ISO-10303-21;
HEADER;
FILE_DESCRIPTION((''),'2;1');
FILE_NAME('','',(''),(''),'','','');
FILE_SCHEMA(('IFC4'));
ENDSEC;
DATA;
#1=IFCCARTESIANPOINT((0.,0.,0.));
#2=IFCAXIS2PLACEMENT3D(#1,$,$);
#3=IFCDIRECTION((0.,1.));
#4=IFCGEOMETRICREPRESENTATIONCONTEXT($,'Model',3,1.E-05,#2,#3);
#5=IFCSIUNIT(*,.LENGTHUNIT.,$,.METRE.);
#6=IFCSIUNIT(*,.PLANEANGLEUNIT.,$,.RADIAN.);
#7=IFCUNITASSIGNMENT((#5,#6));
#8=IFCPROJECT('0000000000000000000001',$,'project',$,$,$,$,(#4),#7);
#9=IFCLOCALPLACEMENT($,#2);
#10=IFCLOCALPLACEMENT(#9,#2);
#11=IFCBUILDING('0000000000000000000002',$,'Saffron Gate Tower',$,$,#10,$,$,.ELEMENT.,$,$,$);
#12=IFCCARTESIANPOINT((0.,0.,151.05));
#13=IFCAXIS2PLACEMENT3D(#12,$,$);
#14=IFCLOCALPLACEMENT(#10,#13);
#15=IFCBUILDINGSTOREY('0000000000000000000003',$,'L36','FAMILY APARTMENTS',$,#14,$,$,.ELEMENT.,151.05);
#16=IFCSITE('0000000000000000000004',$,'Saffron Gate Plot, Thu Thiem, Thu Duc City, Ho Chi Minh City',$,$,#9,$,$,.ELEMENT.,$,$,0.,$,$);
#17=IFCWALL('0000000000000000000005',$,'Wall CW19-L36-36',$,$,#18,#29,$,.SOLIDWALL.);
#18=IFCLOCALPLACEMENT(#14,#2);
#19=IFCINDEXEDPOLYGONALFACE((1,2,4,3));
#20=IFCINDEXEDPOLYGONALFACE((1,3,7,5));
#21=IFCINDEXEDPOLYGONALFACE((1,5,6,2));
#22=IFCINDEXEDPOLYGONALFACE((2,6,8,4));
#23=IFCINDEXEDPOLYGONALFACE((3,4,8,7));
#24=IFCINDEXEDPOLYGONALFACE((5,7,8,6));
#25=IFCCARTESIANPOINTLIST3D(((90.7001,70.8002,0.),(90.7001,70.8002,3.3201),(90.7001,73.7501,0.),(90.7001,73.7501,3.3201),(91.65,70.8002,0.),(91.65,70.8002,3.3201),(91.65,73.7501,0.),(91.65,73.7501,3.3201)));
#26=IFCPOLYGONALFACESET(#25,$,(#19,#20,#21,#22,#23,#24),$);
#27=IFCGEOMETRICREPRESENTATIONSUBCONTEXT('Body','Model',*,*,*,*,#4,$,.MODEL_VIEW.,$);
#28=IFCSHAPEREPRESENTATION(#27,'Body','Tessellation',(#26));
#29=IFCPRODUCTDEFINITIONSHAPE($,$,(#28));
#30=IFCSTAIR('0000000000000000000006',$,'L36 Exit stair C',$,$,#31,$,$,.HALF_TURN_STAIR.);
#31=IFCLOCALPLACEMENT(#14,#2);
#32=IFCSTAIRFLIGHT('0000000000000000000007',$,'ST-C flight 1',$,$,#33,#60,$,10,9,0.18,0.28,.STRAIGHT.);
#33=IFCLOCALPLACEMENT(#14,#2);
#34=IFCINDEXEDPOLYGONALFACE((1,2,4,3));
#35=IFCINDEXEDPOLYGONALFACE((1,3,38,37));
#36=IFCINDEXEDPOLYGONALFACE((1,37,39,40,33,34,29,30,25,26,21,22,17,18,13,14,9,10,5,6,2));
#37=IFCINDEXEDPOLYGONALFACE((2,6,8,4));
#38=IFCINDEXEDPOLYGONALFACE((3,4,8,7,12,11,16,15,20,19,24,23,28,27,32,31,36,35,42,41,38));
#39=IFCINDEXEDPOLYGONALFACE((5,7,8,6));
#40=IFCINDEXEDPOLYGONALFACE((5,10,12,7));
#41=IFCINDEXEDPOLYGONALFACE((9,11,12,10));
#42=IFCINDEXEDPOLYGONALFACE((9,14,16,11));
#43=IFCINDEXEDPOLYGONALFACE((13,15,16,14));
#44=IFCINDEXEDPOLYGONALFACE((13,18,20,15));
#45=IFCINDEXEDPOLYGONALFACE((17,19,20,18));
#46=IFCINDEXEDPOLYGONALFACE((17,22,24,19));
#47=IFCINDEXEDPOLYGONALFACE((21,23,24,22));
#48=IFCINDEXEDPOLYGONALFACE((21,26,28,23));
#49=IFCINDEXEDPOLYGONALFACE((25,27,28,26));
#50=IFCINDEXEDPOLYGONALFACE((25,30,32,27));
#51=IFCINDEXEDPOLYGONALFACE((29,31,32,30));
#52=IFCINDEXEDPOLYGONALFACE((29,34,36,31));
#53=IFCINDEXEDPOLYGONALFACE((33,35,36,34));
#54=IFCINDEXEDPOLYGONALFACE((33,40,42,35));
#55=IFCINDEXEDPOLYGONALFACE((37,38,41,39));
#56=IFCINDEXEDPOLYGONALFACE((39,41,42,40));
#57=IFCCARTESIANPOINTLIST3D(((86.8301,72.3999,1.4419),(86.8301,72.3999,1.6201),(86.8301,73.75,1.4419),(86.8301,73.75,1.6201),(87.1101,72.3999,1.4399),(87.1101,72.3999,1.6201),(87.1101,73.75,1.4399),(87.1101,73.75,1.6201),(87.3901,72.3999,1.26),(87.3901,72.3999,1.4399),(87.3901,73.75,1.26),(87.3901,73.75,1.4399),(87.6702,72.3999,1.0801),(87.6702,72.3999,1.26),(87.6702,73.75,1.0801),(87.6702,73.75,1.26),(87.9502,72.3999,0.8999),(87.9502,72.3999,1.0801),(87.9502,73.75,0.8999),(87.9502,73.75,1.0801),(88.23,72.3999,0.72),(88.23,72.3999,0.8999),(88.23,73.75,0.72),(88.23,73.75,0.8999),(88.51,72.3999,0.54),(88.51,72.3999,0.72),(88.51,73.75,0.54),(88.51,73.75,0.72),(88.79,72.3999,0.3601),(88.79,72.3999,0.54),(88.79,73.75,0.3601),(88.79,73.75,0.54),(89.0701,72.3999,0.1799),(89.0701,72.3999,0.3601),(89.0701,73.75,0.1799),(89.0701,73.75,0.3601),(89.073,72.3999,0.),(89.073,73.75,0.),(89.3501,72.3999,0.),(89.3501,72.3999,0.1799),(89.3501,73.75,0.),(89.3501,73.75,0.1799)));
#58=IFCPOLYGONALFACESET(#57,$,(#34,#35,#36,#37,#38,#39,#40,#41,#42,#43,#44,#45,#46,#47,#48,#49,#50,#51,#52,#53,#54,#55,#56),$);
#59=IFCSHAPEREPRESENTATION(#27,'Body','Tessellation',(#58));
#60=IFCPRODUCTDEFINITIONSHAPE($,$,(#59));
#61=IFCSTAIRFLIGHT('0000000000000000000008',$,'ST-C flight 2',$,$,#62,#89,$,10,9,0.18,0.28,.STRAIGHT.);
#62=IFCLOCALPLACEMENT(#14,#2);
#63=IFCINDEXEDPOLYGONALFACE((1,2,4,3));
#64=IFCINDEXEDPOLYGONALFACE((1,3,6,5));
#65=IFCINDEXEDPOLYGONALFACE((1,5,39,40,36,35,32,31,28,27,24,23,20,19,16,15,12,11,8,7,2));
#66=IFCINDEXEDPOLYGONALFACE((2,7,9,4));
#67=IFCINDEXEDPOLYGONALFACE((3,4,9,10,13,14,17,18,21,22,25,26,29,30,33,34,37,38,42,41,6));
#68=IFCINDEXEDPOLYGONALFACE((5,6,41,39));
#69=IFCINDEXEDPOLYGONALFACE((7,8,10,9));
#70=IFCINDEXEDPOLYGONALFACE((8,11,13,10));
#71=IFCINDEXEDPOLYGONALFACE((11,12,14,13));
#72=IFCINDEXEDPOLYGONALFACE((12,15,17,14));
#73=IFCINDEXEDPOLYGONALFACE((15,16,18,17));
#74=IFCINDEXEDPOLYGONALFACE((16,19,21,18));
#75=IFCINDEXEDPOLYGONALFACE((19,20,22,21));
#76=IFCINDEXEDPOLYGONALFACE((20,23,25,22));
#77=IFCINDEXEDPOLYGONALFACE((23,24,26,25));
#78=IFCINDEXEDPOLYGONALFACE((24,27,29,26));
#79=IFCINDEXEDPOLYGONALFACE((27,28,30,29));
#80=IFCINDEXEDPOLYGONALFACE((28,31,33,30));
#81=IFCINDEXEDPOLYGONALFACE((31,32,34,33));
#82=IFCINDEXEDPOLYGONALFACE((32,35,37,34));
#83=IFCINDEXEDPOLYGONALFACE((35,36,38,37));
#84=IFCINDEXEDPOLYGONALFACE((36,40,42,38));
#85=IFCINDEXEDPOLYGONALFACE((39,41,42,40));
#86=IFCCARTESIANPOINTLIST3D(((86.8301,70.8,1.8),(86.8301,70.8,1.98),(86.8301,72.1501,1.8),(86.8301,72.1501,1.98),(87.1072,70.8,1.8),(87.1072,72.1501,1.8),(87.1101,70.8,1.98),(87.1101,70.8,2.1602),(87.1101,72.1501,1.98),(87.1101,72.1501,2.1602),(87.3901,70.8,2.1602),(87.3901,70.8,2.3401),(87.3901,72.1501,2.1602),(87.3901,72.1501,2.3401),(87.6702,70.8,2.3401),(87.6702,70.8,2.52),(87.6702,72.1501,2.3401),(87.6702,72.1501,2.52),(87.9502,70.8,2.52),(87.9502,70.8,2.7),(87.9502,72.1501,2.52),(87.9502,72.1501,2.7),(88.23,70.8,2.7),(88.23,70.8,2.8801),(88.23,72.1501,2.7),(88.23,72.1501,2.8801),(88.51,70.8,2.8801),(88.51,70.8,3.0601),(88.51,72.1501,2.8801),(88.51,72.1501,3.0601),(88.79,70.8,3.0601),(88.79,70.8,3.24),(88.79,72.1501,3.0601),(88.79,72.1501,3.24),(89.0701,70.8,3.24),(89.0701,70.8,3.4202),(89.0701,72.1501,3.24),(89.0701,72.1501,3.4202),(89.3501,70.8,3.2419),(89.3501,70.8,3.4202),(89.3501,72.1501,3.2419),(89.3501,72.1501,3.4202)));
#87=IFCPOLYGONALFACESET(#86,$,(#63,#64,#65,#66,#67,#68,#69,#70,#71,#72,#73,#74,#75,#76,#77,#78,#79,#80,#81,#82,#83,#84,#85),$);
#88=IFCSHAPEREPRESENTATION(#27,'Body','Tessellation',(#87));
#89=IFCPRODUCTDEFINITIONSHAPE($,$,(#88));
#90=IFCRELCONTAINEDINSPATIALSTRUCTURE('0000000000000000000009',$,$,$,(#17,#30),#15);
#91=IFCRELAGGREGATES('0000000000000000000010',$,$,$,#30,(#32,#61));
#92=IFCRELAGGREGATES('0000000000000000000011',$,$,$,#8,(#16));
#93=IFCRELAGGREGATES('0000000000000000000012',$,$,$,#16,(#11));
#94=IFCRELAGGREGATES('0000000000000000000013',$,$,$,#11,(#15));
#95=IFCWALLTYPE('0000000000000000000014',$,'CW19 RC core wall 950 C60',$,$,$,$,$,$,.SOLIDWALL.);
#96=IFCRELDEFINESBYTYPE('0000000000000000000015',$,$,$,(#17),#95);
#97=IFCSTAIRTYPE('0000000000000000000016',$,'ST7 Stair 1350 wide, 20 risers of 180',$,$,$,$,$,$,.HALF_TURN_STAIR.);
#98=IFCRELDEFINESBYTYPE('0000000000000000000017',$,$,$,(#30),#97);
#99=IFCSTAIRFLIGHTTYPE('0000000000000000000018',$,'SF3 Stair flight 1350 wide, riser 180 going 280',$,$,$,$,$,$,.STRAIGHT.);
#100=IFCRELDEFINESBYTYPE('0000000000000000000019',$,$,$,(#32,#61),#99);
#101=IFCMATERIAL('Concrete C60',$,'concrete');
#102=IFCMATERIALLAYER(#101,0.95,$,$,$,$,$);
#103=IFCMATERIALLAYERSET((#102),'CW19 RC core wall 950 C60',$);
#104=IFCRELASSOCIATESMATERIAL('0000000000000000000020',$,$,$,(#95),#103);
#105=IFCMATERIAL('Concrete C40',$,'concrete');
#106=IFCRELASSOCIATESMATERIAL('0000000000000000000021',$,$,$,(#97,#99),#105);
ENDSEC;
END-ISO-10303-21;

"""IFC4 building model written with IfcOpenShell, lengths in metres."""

from ifc_helpers import new_model, si_unit, direction, frame, frame_2d, origin, place, context, subcontext, project, spatial, polyline, rectangle, outline, extrude, material, layer, layer_set, type_object, element, aggregate, save


model = new_model("IFC4")

# Units and contexts
model_context = context("Model", 3, precision=1e-05, world=origin(), true_north=direction((0.0, 1.0)))
body_context = subcontext(model_context, "Body", "Model", "MODEL_VIEW")
ifc_project = project(units=[si_unit("LENGTHUNIT", "METRE"), si_unit("PLANEANGLEUNIT", "RADIAN")], contexts=[model_context])

# Site, building, storey
site_placement = place(None, origin())
site = spatial("IfcSite", under=ifc_project, at=site_placement, Name="Saffron Gate Plot, Thu Thiem, Thu Duc City, Ho Chi Minh City", CompositionType="ELEMENT", RefElevation=0.0)
building_placement = place(site_placement, origin())
building = spatial("IfcBuilding", under=site, at=building_placement, Name="Saffron Gate Tower", CompositionType="ELEMENT")
storey_placement = place(building_placement, frame((0.0, 0.0, 151.05)))
storey = spatial("IfcBuildingStorey", under=building, at=storey_placement, Name="L36", Description="FAMILY APARTMENTS", CompositionType="ELEMENT", Elevation=151.05)

# Shared definitions
ifc_material_1 = material(Name="Concrete C60", Category="concrete")

# Wall
ifc_layer_1 = layer(ifc_material_1, 0.95)
ifc_layer_set_1 = layer_set([ifc_layer_1], Name="CW19 RC core wall 950 C60")
wall_type_1 = type_object("IfcWallType", Name="CW19 RC core wall 950 C60", PredefinedType="SOLIDWALL", material=ifc_layer_set_1)
wall_1_placement = place(storey_placement, frame((91.175, 70.8, 0.0), z_axis=(0.0, 0.0, 1.0), x_axis=(0.0, 1.0, 0.0)))
element("IfcWall", 1, at=wall_1_placement, inside=storey, type_object=wall_type_1, Name="Wall CW19-L36-36", PredefinedType="SOLIDWALL", context=body_context, shape_type="SweptSolid", body=[
    extrude(rectangle(XDim=2.95, YDim=0.95, at=frame_2d((1.4751, 0.0))), origin(), (0.0, 0.0, 1.0), 3.3201),
])

# Stair, stair flights
ifc_material_2 = material(Name="Concrete C40", Category="concrete")
stair_type = type_object("IfcStairType", Name="ST7 Stair 1350 wide, 20 risers of 180", PredefinedType="HALF_TURN_STAIR", material=ifc_material_2)
stair_placement = place(storey_placement, origin())
stair = element("IfcStair", 2, at=stair_placement, inside=storey, type_object=stair_type, Name="L36 Exit stair C", PredefinedType="HALF_TURN_STAIR")
stair_flight_type = type_object("IfcStairFlightType", Name="SF3 Stair flight 1350 wide, riser 180 going 280", PredefinedType="STRAIGHT", material=ifc_material_2)
stair_flight_1_placement = place(storey_placement, frame((89.3501, 73.075, 0.0), z_axis=(0.0, 0.0, 1.0), x_axis=(-1.0, 0.0, 0.0)))
stair_flight_1 = element("IfcStairFlight", 3, at=stair_flight_1_placement, type_object=stair_flight_type, Name="ST-C flight 1", NumberOfRisers=10, NumberOfTreads=9, PredefinedType="STRAIGHT", RiserHeight=0.18, TreadLength=0.28, context=body_context, shape_type="SweptSolid", body=[
    extrude(outline(polyline([(0.0, 0.0), (0.0, 0.1799), (0.28, 0.1799), (0.28, 0.3601), (0.5601, 0.3601), (0.5601, 0.54), (0.8401, 0.54), (0.8401, 0.72), (1.1201, 0.72), (1.1201, 0.8999), (1.3999, 0.8999), (1.3999, 1.0801), (1.6799, 1.0801), (1.6799, 1.26), (1.96, 1.26), (1.96, 1.4399), (2.24, 1.4399), (2.24, 1.6201), (2.52, 1.6201), (2.52, 1.8), (2.52, 1.4419), (0.2771, 0.0), (0.0, 0.0)])), frame((0.0, 0.675, 0.0), z_axis=(0.0, -1.0, 0.0), x_axis=(1.0, 0.0, 0.0)), (0.0, 0.0, 1.0), 1.3501),
])
stair_flight_2_placement = place(storey_placement, frame((86.8301, 71.4751, 1.8), z_axis=(0.0, 0.0, 1.0), x_axis=(1.0, 0.0, 0.0)))
stair_flight_2 = element("IfcStairFlight", 4, at=stair_flight_2_placement, type_object=stair_flight_type, Name="ST-C flight 2", NumberOfRisers=10, NumberOfTreads=9, PredefinedType="STRAIGHT", RiserHeight=0.18, TreadLength=0.28, context=body_context, shape_type="SweptSolid", body=[
    extrude(outline(polyline([(0.0, 0.0), (0.0, 0.1799), (0.28, 0.1799), (0.28, 0.3601), (0.5601, 0.3601), (0.5601, 0.54), (0.8401, 0.54), (0.8401, 0.72), (1.1201, 0.72), (1.1201, 0.8999), (1.3999, 0.8999), (1.3999, 1.0801), (1.6799, 1.0801), (1.6799, 1.26), (1.96, 1.26), (1.96, 1.4399), (2.24, 1.4399), (2.24, 1.6201), (2.52, 1.6201), (2.52, 1.8), (2.52, 1.4419), (0.2771, 0.0), (0.0, 0.0)])), frame((0.0, 0.675, 0.0), z_axis=(0.0, -1.0, 0.0), x_axis=(1.0, 0.0, 0.0)), (0.0, 0.0, 1.0), 1.3501),
])
aggregate(stair, [stair_flight_1, stair_flight_2])

save(model, "model.ifc")
